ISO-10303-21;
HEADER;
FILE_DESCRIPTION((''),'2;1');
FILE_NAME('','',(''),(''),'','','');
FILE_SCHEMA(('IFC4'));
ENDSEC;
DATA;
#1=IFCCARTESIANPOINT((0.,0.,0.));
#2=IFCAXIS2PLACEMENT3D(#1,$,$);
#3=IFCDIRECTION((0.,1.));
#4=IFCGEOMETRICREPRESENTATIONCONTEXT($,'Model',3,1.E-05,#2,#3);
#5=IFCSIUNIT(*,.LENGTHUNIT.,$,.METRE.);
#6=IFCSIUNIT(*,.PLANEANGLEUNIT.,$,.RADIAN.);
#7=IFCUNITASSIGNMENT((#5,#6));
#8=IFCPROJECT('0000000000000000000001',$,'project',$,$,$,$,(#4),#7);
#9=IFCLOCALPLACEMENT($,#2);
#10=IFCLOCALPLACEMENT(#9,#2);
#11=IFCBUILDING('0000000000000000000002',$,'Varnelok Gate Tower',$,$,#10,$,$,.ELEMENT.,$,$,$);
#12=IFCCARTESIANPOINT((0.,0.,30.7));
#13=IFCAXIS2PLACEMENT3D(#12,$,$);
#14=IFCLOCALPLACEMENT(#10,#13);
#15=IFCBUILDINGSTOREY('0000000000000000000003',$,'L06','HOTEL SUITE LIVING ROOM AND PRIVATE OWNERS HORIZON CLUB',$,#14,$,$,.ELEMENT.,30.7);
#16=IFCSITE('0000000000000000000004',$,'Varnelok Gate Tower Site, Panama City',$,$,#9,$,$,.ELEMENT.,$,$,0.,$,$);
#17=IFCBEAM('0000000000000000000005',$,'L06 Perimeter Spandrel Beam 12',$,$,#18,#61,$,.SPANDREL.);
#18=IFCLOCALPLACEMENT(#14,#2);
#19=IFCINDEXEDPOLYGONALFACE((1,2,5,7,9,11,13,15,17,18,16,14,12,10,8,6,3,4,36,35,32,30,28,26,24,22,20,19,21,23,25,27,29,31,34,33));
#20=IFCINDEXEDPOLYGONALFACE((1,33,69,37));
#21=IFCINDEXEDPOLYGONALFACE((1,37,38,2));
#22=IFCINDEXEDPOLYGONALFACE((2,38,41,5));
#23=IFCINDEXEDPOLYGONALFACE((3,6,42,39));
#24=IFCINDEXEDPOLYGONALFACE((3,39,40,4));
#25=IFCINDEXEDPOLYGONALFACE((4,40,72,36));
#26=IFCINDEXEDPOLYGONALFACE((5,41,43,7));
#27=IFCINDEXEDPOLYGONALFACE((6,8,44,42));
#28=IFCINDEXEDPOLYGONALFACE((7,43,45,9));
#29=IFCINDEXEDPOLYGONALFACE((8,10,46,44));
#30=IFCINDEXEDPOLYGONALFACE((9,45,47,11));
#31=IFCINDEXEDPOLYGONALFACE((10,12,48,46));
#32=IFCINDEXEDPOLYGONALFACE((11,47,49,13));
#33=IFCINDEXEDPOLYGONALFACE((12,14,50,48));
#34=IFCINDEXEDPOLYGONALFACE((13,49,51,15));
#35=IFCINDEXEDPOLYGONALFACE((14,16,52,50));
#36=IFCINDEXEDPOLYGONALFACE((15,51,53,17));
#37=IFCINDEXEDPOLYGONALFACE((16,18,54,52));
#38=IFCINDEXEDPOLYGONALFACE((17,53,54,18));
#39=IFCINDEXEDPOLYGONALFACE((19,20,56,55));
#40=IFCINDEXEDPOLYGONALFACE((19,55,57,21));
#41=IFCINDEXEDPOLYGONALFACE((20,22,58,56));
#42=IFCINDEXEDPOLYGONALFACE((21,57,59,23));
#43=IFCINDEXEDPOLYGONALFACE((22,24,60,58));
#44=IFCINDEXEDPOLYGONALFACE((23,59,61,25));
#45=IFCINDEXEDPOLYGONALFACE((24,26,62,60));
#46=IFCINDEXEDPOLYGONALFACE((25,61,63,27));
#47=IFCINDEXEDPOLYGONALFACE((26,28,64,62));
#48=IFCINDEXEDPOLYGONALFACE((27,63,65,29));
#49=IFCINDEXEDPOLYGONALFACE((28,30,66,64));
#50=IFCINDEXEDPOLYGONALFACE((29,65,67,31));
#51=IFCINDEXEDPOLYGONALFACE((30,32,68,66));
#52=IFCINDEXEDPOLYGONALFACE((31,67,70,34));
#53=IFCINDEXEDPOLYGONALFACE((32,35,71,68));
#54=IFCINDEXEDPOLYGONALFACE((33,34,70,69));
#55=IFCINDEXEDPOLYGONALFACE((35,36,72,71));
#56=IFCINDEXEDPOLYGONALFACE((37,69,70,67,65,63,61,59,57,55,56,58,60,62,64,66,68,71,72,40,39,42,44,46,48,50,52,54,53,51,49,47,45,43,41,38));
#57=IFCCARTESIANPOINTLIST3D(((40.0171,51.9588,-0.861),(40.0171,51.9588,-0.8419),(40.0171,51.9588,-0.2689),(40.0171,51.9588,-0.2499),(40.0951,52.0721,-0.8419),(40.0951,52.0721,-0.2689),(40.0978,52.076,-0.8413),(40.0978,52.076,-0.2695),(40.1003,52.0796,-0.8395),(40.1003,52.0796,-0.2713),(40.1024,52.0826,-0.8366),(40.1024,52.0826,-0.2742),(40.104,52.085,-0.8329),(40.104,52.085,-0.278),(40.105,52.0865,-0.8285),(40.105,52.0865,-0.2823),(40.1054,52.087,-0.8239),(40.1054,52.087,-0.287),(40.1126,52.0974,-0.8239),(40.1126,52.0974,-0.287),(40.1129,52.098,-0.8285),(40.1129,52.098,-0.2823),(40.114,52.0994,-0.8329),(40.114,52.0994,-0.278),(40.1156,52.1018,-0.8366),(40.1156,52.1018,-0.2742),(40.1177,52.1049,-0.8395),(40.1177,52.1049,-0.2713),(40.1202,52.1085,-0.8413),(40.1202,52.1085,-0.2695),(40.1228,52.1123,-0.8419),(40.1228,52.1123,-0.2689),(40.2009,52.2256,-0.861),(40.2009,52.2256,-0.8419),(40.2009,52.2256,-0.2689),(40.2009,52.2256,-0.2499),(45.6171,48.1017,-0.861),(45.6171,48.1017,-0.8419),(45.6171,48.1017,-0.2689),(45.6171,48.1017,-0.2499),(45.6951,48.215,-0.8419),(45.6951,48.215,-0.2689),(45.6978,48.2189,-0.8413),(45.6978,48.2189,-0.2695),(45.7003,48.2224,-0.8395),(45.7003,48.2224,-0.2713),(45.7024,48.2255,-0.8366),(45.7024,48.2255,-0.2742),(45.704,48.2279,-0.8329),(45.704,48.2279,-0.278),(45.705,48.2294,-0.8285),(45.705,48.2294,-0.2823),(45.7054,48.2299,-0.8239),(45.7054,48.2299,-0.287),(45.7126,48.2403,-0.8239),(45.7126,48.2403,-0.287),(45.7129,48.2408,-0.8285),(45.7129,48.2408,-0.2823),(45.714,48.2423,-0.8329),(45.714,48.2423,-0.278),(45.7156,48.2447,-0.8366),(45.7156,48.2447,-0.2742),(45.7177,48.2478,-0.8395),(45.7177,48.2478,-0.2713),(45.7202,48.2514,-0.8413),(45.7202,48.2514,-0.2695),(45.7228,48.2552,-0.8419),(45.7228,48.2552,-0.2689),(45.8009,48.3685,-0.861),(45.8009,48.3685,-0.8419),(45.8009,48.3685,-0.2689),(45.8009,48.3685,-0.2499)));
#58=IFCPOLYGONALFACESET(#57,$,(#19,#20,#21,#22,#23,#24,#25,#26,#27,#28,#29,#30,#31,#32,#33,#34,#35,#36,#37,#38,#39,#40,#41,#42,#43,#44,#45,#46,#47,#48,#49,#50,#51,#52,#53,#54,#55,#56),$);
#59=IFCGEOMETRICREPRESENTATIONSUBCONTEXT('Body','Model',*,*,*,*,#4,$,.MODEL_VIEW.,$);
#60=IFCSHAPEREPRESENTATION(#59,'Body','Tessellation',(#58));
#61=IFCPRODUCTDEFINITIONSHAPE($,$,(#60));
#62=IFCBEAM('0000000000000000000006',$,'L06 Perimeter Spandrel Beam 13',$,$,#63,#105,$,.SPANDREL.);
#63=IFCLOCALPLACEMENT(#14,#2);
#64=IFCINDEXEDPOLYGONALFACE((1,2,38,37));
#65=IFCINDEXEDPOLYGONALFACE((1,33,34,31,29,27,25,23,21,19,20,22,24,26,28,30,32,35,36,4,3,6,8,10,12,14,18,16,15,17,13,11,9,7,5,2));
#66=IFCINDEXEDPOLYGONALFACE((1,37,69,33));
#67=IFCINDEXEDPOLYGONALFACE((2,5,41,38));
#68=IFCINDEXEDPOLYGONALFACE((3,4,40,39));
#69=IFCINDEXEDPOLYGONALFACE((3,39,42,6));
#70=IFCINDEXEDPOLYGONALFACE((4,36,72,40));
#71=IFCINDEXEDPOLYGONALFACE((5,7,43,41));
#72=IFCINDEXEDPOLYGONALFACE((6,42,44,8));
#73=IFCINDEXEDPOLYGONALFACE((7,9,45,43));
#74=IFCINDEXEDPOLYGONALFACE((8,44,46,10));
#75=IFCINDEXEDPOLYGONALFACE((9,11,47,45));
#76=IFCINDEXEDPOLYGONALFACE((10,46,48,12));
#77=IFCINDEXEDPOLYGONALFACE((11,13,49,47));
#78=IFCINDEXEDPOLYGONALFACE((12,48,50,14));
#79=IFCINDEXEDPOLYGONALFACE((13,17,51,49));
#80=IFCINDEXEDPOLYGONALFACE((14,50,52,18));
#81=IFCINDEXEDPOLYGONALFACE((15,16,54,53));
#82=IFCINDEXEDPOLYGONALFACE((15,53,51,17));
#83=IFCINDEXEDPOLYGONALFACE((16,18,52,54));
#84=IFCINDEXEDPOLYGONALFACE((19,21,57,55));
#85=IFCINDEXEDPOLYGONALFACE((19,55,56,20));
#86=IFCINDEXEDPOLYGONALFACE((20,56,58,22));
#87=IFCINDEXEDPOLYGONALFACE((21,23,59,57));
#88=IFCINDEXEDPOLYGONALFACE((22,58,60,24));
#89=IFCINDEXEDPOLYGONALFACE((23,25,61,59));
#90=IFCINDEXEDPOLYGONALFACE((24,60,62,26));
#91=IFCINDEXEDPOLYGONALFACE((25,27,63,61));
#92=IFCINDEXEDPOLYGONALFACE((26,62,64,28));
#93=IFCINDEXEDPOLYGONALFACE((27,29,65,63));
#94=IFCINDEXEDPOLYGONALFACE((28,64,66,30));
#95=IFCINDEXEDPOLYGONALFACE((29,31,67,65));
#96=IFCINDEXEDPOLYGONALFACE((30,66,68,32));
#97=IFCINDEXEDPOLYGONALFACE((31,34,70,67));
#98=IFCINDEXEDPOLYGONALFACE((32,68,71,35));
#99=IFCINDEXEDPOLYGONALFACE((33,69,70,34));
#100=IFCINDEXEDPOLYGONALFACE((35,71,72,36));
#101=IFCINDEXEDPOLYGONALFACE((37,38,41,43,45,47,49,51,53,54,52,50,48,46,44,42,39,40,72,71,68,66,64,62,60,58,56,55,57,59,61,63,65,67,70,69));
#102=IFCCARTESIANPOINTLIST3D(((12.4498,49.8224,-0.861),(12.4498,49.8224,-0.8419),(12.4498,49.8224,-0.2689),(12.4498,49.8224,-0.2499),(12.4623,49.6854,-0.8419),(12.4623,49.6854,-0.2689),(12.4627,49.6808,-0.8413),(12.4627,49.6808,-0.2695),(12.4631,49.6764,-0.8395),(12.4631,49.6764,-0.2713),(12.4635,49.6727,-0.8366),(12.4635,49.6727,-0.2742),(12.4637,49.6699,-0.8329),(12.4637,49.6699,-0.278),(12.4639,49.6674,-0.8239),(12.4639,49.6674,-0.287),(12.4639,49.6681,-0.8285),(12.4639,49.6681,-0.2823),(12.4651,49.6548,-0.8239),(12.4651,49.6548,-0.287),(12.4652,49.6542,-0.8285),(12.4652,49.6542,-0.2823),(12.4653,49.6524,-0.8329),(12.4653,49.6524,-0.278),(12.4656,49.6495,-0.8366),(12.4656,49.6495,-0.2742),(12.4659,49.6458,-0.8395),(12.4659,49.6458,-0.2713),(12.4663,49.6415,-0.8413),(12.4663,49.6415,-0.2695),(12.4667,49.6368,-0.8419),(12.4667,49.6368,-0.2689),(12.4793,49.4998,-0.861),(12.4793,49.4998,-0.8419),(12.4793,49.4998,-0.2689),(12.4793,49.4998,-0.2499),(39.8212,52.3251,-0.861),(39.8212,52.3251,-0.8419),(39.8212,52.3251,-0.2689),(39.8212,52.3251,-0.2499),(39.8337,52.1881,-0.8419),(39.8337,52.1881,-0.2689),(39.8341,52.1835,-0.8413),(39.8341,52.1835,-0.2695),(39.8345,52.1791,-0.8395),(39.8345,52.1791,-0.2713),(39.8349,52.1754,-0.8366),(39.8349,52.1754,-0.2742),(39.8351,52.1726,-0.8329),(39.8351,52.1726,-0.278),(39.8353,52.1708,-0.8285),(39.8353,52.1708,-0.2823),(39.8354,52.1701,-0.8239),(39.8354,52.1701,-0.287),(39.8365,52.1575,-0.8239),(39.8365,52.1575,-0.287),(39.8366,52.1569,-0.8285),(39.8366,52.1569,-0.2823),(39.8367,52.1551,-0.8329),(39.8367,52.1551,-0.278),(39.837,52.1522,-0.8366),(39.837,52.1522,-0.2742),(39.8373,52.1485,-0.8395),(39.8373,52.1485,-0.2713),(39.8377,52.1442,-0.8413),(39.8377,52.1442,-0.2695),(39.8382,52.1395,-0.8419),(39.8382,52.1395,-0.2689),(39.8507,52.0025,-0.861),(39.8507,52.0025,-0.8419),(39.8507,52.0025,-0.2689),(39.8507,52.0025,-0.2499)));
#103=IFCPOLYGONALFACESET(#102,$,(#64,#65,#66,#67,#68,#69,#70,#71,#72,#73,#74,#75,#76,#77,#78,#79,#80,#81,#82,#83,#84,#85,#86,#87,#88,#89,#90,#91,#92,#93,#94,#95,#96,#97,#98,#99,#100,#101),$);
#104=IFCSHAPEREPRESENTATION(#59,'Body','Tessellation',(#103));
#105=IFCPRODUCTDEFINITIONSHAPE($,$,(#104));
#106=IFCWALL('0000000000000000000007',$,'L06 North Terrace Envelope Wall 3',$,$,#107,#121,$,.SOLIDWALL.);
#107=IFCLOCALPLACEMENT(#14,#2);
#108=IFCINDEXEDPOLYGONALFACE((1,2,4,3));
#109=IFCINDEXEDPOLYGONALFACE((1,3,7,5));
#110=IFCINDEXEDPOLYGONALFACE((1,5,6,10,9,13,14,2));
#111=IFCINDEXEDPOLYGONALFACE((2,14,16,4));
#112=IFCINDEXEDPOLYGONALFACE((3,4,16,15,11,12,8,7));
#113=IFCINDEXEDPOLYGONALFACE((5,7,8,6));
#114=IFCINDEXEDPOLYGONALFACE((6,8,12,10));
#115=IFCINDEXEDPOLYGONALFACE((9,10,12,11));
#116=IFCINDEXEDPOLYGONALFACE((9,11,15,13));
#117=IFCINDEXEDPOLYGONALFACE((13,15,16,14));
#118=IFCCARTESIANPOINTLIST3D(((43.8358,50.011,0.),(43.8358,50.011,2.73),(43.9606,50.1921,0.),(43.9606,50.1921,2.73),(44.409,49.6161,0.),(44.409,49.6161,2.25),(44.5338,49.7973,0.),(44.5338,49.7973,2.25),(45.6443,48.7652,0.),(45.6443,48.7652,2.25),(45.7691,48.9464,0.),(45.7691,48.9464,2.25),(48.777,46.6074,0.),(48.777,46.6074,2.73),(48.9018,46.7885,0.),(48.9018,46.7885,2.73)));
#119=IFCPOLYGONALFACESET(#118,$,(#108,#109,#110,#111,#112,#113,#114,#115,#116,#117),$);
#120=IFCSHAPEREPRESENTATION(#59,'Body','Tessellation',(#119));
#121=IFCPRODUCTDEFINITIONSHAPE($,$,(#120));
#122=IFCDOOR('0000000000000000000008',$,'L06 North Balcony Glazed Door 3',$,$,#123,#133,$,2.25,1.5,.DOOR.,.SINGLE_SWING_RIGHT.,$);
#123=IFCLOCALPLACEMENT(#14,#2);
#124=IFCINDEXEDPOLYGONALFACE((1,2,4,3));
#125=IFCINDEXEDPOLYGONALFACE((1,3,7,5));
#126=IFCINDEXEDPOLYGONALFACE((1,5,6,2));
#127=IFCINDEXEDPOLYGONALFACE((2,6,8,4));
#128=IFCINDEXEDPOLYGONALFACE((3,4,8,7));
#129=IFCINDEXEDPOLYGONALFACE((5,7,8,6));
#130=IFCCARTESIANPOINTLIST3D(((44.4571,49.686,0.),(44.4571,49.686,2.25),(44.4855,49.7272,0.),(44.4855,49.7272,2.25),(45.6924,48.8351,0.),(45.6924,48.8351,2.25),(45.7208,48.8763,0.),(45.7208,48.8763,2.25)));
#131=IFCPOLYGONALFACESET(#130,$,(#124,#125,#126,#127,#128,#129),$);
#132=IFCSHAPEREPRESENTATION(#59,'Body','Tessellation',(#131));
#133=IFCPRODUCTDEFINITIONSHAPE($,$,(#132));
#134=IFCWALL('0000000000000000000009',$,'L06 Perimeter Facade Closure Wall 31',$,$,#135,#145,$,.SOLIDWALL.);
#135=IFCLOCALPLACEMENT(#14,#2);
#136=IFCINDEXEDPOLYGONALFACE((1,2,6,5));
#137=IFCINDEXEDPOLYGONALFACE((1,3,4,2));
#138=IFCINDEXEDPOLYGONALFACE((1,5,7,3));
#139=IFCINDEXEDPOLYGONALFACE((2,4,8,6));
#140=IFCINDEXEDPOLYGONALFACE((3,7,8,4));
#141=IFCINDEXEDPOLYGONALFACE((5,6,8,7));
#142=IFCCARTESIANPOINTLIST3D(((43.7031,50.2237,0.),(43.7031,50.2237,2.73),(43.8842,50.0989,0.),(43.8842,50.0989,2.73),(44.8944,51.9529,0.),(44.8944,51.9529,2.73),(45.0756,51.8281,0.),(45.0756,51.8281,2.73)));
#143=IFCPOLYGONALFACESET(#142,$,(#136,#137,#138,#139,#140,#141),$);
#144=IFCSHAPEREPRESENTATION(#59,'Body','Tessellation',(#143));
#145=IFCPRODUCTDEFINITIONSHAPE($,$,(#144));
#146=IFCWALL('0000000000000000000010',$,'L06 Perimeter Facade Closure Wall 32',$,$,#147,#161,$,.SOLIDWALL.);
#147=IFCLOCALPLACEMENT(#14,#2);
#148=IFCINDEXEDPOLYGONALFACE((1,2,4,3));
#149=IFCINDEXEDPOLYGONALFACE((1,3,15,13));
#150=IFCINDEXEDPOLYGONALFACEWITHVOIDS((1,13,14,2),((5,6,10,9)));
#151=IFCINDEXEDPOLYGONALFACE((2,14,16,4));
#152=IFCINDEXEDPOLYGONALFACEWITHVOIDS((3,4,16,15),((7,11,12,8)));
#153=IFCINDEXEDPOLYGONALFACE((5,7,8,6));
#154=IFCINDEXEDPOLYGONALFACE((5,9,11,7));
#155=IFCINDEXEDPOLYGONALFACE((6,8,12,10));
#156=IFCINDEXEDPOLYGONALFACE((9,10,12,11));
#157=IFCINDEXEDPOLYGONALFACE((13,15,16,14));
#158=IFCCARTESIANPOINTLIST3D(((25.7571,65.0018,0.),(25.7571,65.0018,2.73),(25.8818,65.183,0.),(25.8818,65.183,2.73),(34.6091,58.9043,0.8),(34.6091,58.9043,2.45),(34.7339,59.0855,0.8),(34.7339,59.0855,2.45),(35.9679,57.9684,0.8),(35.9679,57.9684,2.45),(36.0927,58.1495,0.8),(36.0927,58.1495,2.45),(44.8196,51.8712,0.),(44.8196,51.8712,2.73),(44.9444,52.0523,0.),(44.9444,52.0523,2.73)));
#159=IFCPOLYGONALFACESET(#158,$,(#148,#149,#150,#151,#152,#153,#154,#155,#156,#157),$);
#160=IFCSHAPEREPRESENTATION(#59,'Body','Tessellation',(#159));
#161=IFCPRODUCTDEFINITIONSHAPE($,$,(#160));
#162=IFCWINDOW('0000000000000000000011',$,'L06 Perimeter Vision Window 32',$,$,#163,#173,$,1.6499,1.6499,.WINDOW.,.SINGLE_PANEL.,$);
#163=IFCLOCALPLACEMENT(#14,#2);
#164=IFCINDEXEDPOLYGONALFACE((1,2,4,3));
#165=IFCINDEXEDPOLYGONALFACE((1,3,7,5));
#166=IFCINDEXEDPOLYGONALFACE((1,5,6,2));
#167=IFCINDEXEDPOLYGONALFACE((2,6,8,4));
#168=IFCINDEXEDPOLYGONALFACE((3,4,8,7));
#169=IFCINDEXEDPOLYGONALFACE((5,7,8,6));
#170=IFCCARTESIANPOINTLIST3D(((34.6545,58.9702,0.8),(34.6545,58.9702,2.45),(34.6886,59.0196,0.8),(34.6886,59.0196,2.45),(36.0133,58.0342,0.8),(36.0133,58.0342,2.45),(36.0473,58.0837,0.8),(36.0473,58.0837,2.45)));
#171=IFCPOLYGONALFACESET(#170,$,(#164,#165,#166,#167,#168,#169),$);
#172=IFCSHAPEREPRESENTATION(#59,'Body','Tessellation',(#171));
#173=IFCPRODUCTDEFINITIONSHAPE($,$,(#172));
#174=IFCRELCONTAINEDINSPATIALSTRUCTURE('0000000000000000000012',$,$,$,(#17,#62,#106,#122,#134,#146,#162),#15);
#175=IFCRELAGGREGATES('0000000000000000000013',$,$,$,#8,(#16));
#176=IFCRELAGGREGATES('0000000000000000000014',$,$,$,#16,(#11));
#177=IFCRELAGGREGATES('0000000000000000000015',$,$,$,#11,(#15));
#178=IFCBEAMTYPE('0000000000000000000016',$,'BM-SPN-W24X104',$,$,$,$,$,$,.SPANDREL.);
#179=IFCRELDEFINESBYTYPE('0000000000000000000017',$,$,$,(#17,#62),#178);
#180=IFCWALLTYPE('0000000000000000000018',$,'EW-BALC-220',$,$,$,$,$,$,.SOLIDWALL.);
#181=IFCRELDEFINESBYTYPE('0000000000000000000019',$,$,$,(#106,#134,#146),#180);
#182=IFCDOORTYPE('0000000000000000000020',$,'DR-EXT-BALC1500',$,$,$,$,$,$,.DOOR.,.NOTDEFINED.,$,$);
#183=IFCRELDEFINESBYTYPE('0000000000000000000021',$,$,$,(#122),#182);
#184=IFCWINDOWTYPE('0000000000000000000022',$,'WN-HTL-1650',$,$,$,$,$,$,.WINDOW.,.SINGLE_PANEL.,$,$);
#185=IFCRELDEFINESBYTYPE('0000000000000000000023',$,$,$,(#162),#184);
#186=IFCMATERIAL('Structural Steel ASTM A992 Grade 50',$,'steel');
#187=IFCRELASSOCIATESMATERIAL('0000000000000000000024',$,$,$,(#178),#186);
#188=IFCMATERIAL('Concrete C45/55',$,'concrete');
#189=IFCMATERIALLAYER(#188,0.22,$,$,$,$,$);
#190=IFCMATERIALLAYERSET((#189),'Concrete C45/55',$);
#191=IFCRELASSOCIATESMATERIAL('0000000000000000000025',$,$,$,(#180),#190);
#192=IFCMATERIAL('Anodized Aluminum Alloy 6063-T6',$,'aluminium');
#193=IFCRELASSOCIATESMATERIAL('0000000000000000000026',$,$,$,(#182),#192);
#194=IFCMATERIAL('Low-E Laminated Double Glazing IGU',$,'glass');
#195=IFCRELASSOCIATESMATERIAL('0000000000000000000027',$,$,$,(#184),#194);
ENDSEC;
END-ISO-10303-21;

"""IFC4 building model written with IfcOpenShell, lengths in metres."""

from ifc_helpers import new_model, si_unit, direction, frame, frame_2d, origin, origin_2d, place, context, subcontext, project, spatial, rectangle, i_section, extrude, material, layer, layer_set, material_profile, profile_set, type_object, element, fill, save


model = new_model("IFC4")

# Units and contexts
model_context = context("Model", 3, precision=1e-05, world=origin(), true_north=direction((0.0, 1.0)))
body_context = subcontext(model_context, "Body", "Model", "MODEL_VIEW")
ifc_project = project(units=[si_unit("LENGTHUNIT", "METRE"), si_unit("PLANEANGLEUNIT", "RADIAN")], contexts=[model_context])

# Site, building, storey
site_placement = place(None, origin())
site = spatial("IfcSite", under=ifc_project, at=site_placement, Name="Varnelok Gate Tower Site, Panama City", CompositionType="ELEMENT", RefElevation=0.0)
building_placement = place(site_placement, origin())
building = spatial("IfcBuilding", under=site, at=building_placement, Name="Varnelok Gate Tower", CompositionType="ELEMENT")
storey_placement = place(building_placement, frame((0.0, 0.0, 30.7)))
storey = spatial("IfcBuildingStorey", under=building, at=storey_placement, Name="L06", Description="HOTEL SUITE LIVING ROOM AND PRIVATE OWNERS HORIZON CLUB", CompositionType="ELEMENT", Elevation=30.7)

# Shared definitions
ifc_material_1 = material(Name="Structural Steel ASTM A992 Grade 50", Category="steel")

# Beams
ifc_material_profile_1 = material_profile(ifc_material_1, i_section(OverallWidth=0.324, OverallDepth=0.6111, WebThickness=0.0127, FlangeThickness=0.019, FilletRadius=0.0181, at=origin_2d()), Name="W24X104")
ifc_profile_set_1 = profile_set([ifc_material_profile_1], Name="Structural Steel ASTM A992 Grade 50")
beam_type_1 = type_object("IfcBeamType", Name="BM-SPN-W24X104", PredefinedType="SPANDREL", material=ifc_profile_set_1)
beam_1_placement = place(storey_placement, frame((45.709, 48.2351, -0.5554), z_axis=(-0.823553, 0.567239, 0.0), x_axis=(-0.567239, -0.823553, 0.0)))
element("IfcBeam", 1, at=beam_1_placement, inside=storey, type_object=beam_type_1, Name="L06 Perimeter Spandrel Beam 12", PredefinedType="SPANDREL", context=body_context, shape_type="SweptSolid", body=[
    extrude(i_section(OverallWidth=0.324, OverallDepth=0.6111, WebThickness=0.0127, FlangeThickness=0.019, FilletRadius=0.0181, at=origin_2d()), origin(), (0.0, 0.0, 1.0), 6.7998),
])
beam_2_placement = place(storey_placement, frame((39.8359, 52.1638, -0.5554), z_axis=(-0.995846, -0.091055, 0.0), x_axis=(0.091055, -0.995846, 0.0)))
element("IfcBeam", 2, at=beam_2_placement, inside=storey, type_object=beam_type_1, Name="L06 Perimeter Spandrel Beam 13", PredefinedType="SPANDREL", context=body_context, shape_type="SweptSolid", body=[
    extrude(i_section(OverallWidth=0.324, OverallDepth=0.6111, WebThickness=0.0127, FlangeThickness=0.019, FilletRadius=0.0181, at=origin_2d()), origin(), (0.0, 0.0, 1.0), 27.4856),
])

# Wall, opening, door
ifc_material_2 = material(Name="Concrete C45/55", Category="concrete")
ifc_layer_1 = layer(ifc_material_2, 0.22)
ifc_layer_set_1 = layer_set([ifc_layer_1], Name="Concrete C45/55")
wall_type_1 = type_object("IfcWallType", Name="EW-BALC-220", PredefinedType="SOLIDWALL", material=ifc_layer_set_1)
wall_1_placement = place(storey_placement, frame((43.8982, 50.1016, 0.0), z_axis=(0.0, 0.0, 1.0), x_axis=(0.823535, -0.567266, 0.0)))
wall_1 = element("IfcWall", 3, at=wall_1_placement, inside=storey, type_object=wall_type_1, Name="L06 North Terrace Envelope Wall 3", PredefinedType="SOLIDWALL", context=body_context, shape_type="SweptSolid", body=[
    extrude(rectangle(XDim=6.0, YDim=0.22, at=frame_2d((3.0, 0.0))), origin(), (0.0, 0.0, 1.0), 2.73),
])
opening_1_placement = place(wall_1_placement, frame((0.696, 0.0, 0.0)))
opening_1 = element("IfcOpeningElement", 4, at=opening_1_placement, cuts=wall_1, PredefinedType="OPENING", context=body_context, shape_type="SweptSolid", body=[
    extrude(rectangle(XDim=1.5, YDim=2.25, at=frame_2d((0.75, 1.125))), frame((0.0, 0.1199, 0.0), z_axis=(0.0, -1.0, 0.0), x_axis=(1.0, 0.0, 0.0)), (0.0, 0.0, 1.0), 0.24),
])
ifc_material_3 = material(Name="Anodized Aluminum Alloy 6063-T6", Category="aluminium")
door_type_1 = type_object("IfcDoorType", Name="DR-EXT-BALC1500", OperationType="NOTDEFINED", PredefinedType="DOOR", material=ifc_material_3)
door_1_placement = place(opening_1_placement, origin())
door_1 = element("IfcDoor", 5, at=door_1_placement, inside=storey, type_object=door_type_1, Name="L06 North Balcony Glazed Door 3", OperationType="SINGLE_SWING_RIGHT", OverallHeight=2.25, OverallWidth=1.5, PredefinedType="DOOR", context=body_context, shape_type="SweptSolid", body=[
    extrude(rectangle(XDim=1.5, YDim=2.25, at=frame_2d((0.75, 1.125))), frame((0.0, 0.0249, 0.0), z_axis=(0.0, -1.0, 0.0), x_axis=(1.0, 0.0, 0.0)), (0.0, 0.0, 1.0), 0.05),
])
fill(opening_1, door_1)

# Wall
wall_2_placement = place(storey_placement, frame((43.7937, 50.1614, 0.0), z_axis=(0.0, 0.0, 1.0), x_axis=(0.567353, 0.823475, 0.0)))
element("IfcWall", 6, at=wall_2_placement, inside=storey, type_object=wall_type_1, Name="L06 Perimeter Facade Closure Wall 31", PredefinedType="SOLIDWALL", context=body_context, shape_type="SweptSolid", body=[
    extrude(rectangle(XDim=2.0999, YDim=0.22, at=frame_2d((1.0498, 0.0))), origin(), (0.0, 0.0, 1.0), 2.73),
])

# Wall, opening, window
wall_3_placement = place(storey_placement, frame((44.8821, 51.9617, 0.0), z_axis=(0.0, 0.0, 1.0), x_axis=(-0.823534, 0.567266, 0.0)))
wall_3 = element("IfcWall", 7, at=wall_3_placement, inside=storey, type_object=wall_type_1, Name="L06 Perimeter Facade Closure Wall 32", PredefinedType="SOLIDWALL", context=body_context, shape_type="SweptSolid", body=[
    extrude(rectangle(XDim=23.1472, YDim=0.22, at=frame_2d((11.5737, 0.0))), origin(), (0.0, 0.0, 1.0), 2.73),
])
opening_2_placement = place(wall_3_placement, frame((10.7485, 0.0, 0.8)))
opening_2 = element("IfcOpeningElement", 8, at=opening_2_placement, cuts=wall_3, PredefinedType="OPENING", context=body_context, shape_type="SweptSolid", body=[
    extrude(rectangle(XDim=1.6499, YDim=1.6499, at=frame_2d((0.825, 0.825))), frame((0.0, 0.1199, 0.0), z_axis=(0.0, -1.0, 0.0), x_axis=(1.0, 0.0, 0.0)), (0.0, 0.0, 1.0), 0.24),
])
ifc_material_4 = material(Name="Low-E Laminated Double Glazing IGU", Category="glass")
window_type = type_object("IfcWindowType", Name="WN-HTL-1650", PartitioningType="SINGLE_PANEL", PredefinedType="WINDOW", material=ifc_material_4)
window_placement = place(opening_2_placement, origin())
window = element("IfcWindow", 9, at=window_placement, inside=storey, type_object=window_type, Name="L06 Perimeter Vision Window 32", OverallHeight=1.6499, OverallWidth=1.6499, PartitioningType="SINGLE_PANEL", PredefinedType="WINDOW", context=body_context, shape_type="SweptSolid", body=[
    extrude(rectangle(XDim=1.6499, YDim=1.6499, at=frame_2d((0.825, 0.825))), frame((0.0, 0.03, 0.0), z_axis=(0.0, -1.0, 0.0), x_axis=(1.0, 0.0, 0.0)), (0.0, 0.0, 1.0), 0.0601),
])
fill(opening_2, window)

save(model, "model.ifc")
